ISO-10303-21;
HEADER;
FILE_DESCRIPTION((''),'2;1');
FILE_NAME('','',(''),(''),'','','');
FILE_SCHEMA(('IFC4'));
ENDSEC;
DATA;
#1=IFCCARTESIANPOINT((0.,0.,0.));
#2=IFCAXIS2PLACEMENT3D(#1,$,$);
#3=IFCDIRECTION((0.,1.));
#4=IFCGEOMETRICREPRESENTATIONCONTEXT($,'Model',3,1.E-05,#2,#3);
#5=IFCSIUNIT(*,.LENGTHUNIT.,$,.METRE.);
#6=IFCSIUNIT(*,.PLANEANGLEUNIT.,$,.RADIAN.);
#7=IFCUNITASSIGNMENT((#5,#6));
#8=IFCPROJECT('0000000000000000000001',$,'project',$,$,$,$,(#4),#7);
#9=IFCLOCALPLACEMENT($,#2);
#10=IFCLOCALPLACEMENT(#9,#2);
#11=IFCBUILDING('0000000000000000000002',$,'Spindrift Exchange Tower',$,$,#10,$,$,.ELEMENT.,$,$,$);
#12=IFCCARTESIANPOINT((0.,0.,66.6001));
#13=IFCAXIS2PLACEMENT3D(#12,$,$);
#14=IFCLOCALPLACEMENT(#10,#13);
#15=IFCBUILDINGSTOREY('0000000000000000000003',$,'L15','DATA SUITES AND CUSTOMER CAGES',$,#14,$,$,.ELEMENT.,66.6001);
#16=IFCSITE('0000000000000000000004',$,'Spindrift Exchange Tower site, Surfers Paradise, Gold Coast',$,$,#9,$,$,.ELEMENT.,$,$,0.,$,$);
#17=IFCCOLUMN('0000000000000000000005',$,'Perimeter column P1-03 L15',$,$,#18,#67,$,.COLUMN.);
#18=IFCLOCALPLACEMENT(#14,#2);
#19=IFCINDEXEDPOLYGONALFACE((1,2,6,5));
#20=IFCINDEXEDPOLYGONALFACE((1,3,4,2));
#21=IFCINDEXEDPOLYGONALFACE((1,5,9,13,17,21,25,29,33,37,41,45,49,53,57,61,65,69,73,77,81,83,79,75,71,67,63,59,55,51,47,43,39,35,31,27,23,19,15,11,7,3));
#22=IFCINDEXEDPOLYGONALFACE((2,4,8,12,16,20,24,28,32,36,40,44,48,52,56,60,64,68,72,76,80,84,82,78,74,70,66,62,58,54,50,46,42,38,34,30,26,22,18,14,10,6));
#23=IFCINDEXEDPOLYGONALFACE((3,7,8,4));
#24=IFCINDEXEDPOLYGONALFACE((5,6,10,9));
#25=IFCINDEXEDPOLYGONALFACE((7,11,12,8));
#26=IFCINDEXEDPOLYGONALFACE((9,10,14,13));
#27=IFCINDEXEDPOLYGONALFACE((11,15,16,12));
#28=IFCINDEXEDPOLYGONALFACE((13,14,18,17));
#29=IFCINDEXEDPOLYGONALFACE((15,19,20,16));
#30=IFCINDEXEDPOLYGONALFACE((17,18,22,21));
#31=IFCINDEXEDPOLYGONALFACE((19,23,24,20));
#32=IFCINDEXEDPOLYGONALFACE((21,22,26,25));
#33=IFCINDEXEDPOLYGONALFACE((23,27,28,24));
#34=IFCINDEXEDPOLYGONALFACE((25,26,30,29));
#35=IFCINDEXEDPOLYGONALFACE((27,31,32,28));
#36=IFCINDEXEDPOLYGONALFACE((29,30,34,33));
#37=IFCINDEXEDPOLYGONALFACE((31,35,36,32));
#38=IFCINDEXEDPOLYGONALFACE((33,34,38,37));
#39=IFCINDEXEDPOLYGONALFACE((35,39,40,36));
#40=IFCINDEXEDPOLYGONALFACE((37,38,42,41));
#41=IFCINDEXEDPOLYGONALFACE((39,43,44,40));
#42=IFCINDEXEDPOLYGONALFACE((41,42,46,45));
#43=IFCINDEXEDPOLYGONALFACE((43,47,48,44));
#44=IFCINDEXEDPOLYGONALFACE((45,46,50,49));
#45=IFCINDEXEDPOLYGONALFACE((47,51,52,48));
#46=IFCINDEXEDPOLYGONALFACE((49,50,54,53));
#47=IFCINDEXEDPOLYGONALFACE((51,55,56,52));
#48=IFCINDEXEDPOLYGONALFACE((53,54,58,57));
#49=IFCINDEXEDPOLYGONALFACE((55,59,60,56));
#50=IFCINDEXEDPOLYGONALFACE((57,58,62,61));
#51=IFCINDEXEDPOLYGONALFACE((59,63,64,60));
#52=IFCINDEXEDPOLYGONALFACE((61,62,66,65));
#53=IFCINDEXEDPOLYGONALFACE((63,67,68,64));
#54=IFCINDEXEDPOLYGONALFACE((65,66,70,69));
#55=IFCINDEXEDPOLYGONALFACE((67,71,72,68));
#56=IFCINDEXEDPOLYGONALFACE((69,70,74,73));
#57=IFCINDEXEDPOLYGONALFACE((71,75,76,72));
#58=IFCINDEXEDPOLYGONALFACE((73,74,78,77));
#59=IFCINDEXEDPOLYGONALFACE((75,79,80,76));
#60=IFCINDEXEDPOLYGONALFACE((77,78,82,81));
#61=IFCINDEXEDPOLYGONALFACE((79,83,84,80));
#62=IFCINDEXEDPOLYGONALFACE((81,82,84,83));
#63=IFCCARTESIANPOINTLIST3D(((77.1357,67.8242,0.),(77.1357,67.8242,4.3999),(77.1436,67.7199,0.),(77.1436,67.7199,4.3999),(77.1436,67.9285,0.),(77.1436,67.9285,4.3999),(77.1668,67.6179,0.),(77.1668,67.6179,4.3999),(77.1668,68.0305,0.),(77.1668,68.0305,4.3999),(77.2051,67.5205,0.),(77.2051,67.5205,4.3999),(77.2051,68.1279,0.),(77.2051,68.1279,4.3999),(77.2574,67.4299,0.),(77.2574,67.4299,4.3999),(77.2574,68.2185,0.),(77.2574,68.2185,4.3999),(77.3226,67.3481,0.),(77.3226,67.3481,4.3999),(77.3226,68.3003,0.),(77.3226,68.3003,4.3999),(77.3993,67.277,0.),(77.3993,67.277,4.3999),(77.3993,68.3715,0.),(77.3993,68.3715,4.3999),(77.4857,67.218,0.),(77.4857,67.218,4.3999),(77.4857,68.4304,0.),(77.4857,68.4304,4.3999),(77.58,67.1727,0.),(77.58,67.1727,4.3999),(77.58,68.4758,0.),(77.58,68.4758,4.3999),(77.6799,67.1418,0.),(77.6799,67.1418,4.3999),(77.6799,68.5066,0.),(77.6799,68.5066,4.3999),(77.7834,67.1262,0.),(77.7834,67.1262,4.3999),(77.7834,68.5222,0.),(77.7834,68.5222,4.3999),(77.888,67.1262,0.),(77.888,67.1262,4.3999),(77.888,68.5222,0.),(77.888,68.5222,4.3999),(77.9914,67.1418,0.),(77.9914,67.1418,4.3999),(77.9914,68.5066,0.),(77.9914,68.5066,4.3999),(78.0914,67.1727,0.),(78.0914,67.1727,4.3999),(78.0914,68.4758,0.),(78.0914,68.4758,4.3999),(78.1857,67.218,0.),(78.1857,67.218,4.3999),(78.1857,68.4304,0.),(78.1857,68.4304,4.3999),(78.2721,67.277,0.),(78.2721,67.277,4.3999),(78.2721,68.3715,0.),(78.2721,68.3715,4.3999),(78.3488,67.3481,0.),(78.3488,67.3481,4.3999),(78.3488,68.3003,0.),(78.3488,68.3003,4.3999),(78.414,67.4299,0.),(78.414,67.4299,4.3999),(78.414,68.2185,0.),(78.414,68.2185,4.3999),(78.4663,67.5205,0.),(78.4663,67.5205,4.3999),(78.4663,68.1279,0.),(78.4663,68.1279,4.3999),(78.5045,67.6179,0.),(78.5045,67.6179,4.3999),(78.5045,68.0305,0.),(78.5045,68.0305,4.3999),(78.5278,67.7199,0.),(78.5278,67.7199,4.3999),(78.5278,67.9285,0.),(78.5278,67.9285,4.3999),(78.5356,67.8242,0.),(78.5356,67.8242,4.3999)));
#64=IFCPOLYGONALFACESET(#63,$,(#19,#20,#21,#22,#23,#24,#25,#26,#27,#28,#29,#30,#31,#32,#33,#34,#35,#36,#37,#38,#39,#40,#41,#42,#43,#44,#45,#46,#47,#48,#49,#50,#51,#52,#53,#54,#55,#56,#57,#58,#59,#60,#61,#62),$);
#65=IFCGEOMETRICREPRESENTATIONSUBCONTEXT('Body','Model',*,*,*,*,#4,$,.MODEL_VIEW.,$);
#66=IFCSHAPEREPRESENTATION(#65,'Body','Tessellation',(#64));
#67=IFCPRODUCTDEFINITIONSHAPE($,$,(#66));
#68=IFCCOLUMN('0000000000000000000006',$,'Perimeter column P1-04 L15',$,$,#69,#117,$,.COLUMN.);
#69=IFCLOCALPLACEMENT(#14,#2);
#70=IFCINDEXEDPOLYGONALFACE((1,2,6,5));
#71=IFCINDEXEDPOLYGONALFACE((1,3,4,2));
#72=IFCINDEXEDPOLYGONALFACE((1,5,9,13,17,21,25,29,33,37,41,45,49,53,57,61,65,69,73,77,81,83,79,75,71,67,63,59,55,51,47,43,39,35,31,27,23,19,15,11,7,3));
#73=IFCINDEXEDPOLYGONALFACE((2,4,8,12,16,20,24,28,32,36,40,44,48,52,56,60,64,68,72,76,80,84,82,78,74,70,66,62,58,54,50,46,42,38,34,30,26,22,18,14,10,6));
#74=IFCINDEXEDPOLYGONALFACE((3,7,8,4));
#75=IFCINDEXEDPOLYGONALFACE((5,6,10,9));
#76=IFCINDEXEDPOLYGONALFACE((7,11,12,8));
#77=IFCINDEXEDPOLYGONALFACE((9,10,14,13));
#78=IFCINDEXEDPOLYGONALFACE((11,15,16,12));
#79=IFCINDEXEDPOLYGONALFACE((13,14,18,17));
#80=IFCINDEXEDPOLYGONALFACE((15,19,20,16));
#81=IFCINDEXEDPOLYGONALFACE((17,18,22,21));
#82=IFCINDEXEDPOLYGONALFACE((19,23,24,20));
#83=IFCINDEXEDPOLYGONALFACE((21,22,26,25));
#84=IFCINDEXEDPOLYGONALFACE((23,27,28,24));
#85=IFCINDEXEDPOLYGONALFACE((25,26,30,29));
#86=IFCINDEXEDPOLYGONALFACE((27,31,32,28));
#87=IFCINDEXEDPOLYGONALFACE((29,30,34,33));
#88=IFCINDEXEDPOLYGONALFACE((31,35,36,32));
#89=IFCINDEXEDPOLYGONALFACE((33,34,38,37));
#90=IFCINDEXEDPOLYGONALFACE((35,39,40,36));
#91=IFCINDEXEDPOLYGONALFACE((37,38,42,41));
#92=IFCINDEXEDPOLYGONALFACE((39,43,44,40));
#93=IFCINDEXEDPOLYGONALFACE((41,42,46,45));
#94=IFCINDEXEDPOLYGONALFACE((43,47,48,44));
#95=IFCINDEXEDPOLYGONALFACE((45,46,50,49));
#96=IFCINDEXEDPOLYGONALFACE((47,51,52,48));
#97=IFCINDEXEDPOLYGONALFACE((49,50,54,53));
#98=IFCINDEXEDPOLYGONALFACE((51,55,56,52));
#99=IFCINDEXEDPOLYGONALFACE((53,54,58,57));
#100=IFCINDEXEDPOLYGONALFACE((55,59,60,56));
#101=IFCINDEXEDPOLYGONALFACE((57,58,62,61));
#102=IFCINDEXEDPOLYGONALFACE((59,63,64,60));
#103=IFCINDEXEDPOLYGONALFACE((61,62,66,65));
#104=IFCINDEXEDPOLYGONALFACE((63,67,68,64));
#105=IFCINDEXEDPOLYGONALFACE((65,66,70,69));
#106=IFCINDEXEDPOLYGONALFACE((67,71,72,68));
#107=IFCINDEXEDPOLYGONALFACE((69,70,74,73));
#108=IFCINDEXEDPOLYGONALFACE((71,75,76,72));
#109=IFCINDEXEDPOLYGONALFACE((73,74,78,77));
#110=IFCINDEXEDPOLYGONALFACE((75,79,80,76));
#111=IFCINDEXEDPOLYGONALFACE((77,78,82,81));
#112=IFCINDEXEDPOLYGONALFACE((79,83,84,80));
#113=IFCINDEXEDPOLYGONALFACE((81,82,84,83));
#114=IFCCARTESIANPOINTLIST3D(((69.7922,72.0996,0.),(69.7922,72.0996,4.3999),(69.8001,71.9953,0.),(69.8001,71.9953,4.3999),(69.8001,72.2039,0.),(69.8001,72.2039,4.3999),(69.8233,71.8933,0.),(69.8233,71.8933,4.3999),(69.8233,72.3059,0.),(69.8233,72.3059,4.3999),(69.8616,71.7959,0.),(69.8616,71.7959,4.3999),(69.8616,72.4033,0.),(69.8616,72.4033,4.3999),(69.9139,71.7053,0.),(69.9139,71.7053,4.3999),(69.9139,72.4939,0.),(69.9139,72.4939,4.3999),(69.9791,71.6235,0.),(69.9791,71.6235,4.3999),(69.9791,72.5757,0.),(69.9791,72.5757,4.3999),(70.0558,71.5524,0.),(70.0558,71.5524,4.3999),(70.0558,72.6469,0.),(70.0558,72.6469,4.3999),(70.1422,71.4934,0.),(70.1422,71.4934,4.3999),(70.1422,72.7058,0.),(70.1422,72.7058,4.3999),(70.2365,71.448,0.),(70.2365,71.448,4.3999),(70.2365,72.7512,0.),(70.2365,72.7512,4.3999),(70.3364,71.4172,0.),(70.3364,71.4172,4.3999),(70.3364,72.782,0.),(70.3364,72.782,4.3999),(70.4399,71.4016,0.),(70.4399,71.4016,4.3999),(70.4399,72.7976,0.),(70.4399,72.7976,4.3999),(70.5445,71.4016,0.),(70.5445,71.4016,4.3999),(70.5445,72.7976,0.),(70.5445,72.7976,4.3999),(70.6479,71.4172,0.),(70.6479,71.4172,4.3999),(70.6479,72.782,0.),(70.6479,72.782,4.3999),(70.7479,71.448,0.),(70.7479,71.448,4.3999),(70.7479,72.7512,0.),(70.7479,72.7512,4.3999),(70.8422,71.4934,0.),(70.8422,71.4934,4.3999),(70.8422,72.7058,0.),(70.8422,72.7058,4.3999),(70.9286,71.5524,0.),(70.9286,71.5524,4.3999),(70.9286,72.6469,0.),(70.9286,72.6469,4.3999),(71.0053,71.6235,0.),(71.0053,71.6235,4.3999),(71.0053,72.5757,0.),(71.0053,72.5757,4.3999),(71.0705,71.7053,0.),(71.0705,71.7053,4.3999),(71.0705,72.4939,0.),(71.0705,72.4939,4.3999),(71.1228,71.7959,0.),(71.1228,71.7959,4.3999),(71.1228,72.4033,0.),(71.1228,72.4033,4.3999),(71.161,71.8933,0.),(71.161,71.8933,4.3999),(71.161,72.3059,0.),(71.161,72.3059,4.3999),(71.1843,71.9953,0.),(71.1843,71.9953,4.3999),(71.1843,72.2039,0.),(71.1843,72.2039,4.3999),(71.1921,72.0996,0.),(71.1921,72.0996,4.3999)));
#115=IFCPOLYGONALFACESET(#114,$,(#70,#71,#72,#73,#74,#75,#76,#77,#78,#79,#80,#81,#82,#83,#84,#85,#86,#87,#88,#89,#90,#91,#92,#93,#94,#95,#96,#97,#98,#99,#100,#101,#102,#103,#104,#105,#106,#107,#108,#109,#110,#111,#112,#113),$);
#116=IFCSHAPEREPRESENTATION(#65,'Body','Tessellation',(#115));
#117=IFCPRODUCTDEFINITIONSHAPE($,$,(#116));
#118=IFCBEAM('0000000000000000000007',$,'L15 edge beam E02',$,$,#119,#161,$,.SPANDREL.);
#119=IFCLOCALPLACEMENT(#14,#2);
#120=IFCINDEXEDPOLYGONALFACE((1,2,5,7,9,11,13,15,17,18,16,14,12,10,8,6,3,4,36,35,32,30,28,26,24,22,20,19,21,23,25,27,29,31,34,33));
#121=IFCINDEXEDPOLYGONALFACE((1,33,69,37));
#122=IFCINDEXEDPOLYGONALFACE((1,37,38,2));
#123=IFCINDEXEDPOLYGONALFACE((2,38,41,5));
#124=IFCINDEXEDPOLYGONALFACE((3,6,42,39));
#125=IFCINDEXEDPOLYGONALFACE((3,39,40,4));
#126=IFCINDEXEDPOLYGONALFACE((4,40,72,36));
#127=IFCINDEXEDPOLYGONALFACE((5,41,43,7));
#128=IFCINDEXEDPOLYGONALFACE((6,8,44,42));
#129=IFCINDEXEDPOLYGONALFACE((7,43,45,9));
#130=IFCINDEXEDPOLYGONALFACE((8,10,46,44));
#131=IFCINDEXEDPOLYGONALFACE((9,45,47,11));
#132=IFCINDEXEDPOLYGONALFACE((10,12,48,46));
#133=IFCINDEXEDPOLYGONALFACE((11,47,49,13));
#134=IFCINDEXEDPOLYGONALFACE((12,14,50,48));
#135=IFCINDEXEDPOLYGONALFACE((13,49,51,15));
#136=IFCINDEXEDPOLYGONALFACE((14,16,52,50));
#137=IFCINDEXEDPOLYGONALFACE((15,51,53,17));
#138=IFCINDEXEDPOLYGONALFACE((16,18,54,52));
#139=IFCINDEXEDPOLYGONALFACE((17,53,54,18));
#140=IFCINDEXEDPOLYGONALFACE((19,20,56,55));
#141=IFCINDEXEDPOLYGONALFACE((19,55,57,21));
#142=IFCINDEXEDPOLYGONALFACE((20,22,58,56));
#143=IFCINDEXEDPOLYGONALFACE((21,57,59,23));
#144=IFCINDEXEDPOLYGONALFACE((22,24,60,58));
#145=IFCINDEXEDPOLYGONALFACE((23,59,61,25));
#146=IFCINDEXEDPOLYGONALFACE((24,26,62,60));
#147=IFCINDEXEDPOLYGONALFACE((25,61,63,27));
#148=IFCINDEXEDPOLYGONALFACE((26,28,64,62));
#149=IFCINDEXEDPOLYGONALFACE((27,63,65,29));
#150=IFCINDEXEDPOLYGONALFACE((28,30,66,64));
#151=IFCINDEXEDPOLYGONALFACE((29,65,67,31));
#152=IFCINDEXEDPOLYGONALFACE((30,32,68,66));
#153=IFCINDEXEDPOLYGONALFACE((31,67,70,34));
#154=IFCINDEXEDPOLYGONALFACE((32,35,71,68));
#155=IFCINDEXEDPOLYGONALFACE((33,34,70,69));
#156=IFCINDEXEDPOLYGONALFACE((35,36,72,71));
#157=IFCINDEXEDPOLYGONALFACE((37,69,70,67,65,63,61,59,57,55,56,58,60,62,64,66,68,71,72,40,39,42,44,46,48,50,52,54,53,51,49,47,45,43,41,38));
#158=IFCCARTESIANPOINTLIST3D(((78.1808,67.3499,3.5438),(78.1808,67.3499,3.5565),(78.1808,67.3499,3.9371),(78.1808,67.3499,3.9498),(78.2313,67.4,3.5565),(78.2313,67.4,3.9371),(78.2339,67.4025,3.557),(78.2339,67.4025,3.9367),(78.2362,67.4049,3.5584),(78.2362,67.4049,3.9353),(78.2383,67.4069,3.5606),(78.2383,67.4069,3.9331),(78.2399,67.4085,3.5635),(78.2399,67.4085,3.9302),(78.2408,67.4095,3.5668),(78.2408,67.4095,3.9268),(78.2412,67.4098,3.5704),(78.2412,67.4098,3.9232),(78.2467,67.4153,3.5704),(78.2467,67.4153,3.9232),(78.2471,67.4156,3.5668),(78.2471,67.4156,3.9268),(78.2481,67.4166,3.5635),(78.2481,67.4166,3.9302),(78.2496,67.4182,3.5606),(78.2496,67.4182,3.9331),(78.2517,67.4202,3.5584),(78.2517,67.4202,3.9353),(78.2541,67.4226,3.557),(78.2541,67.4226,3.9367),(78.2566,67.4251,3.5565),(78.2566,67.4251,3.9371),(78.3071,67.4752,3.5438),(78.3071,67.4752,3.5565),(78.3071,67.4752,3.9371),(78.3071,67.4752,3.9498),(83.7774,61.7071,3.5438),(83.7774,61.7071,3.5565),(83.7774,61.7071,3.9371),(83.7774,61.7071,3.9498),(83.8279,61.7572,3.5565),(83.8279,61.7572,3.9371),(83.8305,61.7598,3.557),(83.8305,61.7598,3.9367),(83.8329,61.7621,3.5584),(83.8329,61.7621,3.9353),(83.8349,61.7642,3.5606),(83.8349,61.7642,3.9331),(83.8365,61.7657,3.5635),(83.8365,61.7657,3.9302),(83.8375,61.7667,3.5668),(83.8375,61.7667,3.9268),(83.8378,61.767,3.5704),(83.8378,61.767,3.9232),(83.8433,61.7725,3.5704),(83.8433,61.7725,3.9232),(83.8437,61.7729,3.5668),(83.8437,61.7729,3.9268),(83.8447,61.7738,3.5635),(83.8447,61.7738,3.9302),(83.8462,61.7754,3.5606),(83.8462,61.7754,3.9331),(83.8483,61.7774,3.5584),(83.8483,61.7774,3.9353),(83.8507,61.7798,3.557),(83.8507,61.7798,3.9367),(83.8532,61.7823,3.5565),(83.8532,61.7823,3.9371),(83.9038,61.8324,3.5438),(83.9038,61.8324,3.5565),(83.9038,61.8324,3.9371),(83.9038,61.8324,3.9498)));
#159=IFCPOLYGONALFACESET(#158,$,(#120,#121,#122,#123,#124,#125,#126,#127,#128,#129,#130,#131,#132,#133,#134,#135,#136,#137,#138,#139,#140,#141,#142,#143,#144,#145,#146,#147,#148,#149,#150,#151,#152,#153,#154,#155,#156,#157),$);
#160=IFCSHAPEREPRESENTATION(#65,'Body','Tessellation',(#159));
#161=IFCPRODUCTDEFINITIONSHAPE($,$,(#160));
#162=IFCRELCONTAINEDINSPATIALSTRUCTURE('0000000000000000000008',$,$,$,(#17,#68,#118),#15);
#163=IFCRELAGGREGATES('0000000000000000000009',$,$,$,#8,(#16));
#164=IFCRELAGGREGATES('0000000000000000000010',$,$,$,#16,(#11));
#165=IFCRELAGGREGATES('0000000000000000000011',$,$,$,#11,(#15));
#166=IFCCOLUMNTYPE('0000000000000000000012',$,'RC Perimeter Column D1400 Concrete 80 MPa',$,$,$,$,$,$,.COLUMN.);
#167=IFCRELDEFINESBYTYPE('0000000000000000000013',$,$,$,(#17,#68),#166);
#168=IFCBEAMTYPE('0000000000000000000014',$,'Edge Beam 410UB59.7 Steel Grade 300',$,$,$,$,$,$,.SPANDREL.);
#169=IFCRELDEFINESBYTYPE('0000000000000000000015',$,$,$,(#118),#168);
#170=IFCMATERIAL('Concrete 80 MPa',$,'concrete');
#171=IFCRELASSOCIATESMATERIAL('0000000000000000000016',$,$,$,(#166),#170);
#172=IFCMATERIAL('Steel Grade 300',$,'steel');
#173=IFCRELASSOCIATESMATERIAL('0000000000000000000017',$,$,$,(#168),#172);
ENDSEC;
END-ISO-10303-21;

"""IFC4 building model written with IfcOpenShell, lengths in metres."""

from ifc_helpers import new_model, si_unit, direction, frame, origin, origin_2d, place, context, subcontext, project, spatial, circle, i_section, extrude, source, transform, mapped, material, material_profile, profile_set, type_object, element, save


model = new_model("IFC4")

# Units and contexts
model_context = context("Model", 3, precision=1e-05, world=origin(), true_north=direction((0.0, 1.0)))
body_context = subcontext(model_context, "Body", "Model", "MODEL_VIEW")
ifc_project = project(units=[si_unit("LENGTHUNIT", "METRE"), si_unit("PLANEANGLEUNIT", "RADIAN")], contexts=[model_context])

# Site, building, storey
site_placement = place(None, origin())
site = spatial("IfcSite", under=ifc_project, at=site_placement, Name="Spindrift Exchange Tower site, Surfers Paradise, Gold Coast", CompositionType="ELEMENT", RefElevation=0.0)
building_placement = place(site_placement, origin())
building = spatial("IfcBuilding", under=site, at=building_placement, Name="Spindrift Exchange Tower", CompositionType="ELEMENT")
storey_placement = place(building_placement, frame((0.0, 0.0, 66.6001)))
storey = spatial("IfcBuildingStorey", under=building, at=storey_placement, Name="L15", Description="DATA SUITES AND CUSTOMER CAGES", CompositionType="ELEMENT", Elevation=66.6001)

# Columns
ifc_material_1 = material(Name="Concrete 80 MPa", Category="concrete")
ifc_material_profile_1 = material_profile(ifc_material_1, circle(Radius=0.7, at=origin_2d()), Name="RC D1400")
ifc_profile_set_1 = profile_set([ifc_material_profile_1], Name="Concrete 80 MPa")
column_type = type_object("IfcColumnType", Name="RC Perimeter Column D1400 Concrete 80 MPa", PredefinedType="COLUMN", material=ifc_profile_set_1)
shared_shape_1 = source(origin(), body_context, "Body", "SweptSolid", [
    extrude(circle(Radius=0.7, at=origin_2d()), origin(), (0.0, 0.0, 1.0), 4.3999),
])
for number, where, z_axis, x_axis, name in (
    (1, (77.8357, 67.8242, 0.0), (0.0, 0.0, 1.0), (1.0, 0.0, 0.0), "Perimeter column P1-03 L15"),
    (2, (70.4922, 72.0996, 0.0), (0.0, 0.0, 1.0), (1.0, 0.0, 0.0), "Perimeter column P1-04 L15"),
):
    element("IfcColumn", number, at=place(storey_placement, frame(where, z_axis=z_axis, x_axis=x_axis)), inside=storey, type_object=column_type, Name=name, PredefinedType="COLUMN", context=body_context, shape_type="MappedRepresentation", body=[
        mapped(shared_shape_1, transform((0.0, 0.0, 0.0), scale=1.0)),
    ])

# Beam
ifc_material_2 = material(Name="Steel Grade 300", Category="steel")
ifc_material_profile_2 = material_profile(ifc_material_2, i_section(OverallWidth=0.178, OverallDepth=0.406, WebThickness=0.0078, FlangeThickness=0.0127, FilletRadius=0.0139, at=origin_2d()), Name="410UB59.7")
ifc_profile_set_2 = profile_set([ifc_material_profile_2], Name="Steel Grade 300")
beam_type_1 = type_object("IfcBeamType", Name="Edge Beam 410UB59.7 Steel Grade 300", PredefinedType="SPANDREL", material=ifc_profile_set_2)
shared_shape_2 = source(origin(), body_context, "Body", "SweptSolid", [
    extrude(i_section(OverallWidth=0.178, OverallDepth=0.406, WebThickness=0.0078, FlangeThickness=0.0127, FilletRadius=0.0139, at=origin_2d()), origin(), (0.0, 0.0, 1.0), 7.9475),
])
beam_1_placement = place(storey_placement, frame((83.8406, 61.7698, 3.7468), z_axis=(-0.704198, 0.710004, 0.0), x_axis=(-0.710004, -0.704198, 0.0)))
element("IfcBeam", 3, at=beam_1_placement, inside=storey, type_object=beam_type_1, Name="L15 edge beam E02", PredefinedType="SPANDREL", context=body_context, shape_type="MappedRepresentation", body=[
    mapped(shared_shape_2, transform((0.0, 0.0, 0.0), scale=1.0)),
])

save(model, "model.ifc")
